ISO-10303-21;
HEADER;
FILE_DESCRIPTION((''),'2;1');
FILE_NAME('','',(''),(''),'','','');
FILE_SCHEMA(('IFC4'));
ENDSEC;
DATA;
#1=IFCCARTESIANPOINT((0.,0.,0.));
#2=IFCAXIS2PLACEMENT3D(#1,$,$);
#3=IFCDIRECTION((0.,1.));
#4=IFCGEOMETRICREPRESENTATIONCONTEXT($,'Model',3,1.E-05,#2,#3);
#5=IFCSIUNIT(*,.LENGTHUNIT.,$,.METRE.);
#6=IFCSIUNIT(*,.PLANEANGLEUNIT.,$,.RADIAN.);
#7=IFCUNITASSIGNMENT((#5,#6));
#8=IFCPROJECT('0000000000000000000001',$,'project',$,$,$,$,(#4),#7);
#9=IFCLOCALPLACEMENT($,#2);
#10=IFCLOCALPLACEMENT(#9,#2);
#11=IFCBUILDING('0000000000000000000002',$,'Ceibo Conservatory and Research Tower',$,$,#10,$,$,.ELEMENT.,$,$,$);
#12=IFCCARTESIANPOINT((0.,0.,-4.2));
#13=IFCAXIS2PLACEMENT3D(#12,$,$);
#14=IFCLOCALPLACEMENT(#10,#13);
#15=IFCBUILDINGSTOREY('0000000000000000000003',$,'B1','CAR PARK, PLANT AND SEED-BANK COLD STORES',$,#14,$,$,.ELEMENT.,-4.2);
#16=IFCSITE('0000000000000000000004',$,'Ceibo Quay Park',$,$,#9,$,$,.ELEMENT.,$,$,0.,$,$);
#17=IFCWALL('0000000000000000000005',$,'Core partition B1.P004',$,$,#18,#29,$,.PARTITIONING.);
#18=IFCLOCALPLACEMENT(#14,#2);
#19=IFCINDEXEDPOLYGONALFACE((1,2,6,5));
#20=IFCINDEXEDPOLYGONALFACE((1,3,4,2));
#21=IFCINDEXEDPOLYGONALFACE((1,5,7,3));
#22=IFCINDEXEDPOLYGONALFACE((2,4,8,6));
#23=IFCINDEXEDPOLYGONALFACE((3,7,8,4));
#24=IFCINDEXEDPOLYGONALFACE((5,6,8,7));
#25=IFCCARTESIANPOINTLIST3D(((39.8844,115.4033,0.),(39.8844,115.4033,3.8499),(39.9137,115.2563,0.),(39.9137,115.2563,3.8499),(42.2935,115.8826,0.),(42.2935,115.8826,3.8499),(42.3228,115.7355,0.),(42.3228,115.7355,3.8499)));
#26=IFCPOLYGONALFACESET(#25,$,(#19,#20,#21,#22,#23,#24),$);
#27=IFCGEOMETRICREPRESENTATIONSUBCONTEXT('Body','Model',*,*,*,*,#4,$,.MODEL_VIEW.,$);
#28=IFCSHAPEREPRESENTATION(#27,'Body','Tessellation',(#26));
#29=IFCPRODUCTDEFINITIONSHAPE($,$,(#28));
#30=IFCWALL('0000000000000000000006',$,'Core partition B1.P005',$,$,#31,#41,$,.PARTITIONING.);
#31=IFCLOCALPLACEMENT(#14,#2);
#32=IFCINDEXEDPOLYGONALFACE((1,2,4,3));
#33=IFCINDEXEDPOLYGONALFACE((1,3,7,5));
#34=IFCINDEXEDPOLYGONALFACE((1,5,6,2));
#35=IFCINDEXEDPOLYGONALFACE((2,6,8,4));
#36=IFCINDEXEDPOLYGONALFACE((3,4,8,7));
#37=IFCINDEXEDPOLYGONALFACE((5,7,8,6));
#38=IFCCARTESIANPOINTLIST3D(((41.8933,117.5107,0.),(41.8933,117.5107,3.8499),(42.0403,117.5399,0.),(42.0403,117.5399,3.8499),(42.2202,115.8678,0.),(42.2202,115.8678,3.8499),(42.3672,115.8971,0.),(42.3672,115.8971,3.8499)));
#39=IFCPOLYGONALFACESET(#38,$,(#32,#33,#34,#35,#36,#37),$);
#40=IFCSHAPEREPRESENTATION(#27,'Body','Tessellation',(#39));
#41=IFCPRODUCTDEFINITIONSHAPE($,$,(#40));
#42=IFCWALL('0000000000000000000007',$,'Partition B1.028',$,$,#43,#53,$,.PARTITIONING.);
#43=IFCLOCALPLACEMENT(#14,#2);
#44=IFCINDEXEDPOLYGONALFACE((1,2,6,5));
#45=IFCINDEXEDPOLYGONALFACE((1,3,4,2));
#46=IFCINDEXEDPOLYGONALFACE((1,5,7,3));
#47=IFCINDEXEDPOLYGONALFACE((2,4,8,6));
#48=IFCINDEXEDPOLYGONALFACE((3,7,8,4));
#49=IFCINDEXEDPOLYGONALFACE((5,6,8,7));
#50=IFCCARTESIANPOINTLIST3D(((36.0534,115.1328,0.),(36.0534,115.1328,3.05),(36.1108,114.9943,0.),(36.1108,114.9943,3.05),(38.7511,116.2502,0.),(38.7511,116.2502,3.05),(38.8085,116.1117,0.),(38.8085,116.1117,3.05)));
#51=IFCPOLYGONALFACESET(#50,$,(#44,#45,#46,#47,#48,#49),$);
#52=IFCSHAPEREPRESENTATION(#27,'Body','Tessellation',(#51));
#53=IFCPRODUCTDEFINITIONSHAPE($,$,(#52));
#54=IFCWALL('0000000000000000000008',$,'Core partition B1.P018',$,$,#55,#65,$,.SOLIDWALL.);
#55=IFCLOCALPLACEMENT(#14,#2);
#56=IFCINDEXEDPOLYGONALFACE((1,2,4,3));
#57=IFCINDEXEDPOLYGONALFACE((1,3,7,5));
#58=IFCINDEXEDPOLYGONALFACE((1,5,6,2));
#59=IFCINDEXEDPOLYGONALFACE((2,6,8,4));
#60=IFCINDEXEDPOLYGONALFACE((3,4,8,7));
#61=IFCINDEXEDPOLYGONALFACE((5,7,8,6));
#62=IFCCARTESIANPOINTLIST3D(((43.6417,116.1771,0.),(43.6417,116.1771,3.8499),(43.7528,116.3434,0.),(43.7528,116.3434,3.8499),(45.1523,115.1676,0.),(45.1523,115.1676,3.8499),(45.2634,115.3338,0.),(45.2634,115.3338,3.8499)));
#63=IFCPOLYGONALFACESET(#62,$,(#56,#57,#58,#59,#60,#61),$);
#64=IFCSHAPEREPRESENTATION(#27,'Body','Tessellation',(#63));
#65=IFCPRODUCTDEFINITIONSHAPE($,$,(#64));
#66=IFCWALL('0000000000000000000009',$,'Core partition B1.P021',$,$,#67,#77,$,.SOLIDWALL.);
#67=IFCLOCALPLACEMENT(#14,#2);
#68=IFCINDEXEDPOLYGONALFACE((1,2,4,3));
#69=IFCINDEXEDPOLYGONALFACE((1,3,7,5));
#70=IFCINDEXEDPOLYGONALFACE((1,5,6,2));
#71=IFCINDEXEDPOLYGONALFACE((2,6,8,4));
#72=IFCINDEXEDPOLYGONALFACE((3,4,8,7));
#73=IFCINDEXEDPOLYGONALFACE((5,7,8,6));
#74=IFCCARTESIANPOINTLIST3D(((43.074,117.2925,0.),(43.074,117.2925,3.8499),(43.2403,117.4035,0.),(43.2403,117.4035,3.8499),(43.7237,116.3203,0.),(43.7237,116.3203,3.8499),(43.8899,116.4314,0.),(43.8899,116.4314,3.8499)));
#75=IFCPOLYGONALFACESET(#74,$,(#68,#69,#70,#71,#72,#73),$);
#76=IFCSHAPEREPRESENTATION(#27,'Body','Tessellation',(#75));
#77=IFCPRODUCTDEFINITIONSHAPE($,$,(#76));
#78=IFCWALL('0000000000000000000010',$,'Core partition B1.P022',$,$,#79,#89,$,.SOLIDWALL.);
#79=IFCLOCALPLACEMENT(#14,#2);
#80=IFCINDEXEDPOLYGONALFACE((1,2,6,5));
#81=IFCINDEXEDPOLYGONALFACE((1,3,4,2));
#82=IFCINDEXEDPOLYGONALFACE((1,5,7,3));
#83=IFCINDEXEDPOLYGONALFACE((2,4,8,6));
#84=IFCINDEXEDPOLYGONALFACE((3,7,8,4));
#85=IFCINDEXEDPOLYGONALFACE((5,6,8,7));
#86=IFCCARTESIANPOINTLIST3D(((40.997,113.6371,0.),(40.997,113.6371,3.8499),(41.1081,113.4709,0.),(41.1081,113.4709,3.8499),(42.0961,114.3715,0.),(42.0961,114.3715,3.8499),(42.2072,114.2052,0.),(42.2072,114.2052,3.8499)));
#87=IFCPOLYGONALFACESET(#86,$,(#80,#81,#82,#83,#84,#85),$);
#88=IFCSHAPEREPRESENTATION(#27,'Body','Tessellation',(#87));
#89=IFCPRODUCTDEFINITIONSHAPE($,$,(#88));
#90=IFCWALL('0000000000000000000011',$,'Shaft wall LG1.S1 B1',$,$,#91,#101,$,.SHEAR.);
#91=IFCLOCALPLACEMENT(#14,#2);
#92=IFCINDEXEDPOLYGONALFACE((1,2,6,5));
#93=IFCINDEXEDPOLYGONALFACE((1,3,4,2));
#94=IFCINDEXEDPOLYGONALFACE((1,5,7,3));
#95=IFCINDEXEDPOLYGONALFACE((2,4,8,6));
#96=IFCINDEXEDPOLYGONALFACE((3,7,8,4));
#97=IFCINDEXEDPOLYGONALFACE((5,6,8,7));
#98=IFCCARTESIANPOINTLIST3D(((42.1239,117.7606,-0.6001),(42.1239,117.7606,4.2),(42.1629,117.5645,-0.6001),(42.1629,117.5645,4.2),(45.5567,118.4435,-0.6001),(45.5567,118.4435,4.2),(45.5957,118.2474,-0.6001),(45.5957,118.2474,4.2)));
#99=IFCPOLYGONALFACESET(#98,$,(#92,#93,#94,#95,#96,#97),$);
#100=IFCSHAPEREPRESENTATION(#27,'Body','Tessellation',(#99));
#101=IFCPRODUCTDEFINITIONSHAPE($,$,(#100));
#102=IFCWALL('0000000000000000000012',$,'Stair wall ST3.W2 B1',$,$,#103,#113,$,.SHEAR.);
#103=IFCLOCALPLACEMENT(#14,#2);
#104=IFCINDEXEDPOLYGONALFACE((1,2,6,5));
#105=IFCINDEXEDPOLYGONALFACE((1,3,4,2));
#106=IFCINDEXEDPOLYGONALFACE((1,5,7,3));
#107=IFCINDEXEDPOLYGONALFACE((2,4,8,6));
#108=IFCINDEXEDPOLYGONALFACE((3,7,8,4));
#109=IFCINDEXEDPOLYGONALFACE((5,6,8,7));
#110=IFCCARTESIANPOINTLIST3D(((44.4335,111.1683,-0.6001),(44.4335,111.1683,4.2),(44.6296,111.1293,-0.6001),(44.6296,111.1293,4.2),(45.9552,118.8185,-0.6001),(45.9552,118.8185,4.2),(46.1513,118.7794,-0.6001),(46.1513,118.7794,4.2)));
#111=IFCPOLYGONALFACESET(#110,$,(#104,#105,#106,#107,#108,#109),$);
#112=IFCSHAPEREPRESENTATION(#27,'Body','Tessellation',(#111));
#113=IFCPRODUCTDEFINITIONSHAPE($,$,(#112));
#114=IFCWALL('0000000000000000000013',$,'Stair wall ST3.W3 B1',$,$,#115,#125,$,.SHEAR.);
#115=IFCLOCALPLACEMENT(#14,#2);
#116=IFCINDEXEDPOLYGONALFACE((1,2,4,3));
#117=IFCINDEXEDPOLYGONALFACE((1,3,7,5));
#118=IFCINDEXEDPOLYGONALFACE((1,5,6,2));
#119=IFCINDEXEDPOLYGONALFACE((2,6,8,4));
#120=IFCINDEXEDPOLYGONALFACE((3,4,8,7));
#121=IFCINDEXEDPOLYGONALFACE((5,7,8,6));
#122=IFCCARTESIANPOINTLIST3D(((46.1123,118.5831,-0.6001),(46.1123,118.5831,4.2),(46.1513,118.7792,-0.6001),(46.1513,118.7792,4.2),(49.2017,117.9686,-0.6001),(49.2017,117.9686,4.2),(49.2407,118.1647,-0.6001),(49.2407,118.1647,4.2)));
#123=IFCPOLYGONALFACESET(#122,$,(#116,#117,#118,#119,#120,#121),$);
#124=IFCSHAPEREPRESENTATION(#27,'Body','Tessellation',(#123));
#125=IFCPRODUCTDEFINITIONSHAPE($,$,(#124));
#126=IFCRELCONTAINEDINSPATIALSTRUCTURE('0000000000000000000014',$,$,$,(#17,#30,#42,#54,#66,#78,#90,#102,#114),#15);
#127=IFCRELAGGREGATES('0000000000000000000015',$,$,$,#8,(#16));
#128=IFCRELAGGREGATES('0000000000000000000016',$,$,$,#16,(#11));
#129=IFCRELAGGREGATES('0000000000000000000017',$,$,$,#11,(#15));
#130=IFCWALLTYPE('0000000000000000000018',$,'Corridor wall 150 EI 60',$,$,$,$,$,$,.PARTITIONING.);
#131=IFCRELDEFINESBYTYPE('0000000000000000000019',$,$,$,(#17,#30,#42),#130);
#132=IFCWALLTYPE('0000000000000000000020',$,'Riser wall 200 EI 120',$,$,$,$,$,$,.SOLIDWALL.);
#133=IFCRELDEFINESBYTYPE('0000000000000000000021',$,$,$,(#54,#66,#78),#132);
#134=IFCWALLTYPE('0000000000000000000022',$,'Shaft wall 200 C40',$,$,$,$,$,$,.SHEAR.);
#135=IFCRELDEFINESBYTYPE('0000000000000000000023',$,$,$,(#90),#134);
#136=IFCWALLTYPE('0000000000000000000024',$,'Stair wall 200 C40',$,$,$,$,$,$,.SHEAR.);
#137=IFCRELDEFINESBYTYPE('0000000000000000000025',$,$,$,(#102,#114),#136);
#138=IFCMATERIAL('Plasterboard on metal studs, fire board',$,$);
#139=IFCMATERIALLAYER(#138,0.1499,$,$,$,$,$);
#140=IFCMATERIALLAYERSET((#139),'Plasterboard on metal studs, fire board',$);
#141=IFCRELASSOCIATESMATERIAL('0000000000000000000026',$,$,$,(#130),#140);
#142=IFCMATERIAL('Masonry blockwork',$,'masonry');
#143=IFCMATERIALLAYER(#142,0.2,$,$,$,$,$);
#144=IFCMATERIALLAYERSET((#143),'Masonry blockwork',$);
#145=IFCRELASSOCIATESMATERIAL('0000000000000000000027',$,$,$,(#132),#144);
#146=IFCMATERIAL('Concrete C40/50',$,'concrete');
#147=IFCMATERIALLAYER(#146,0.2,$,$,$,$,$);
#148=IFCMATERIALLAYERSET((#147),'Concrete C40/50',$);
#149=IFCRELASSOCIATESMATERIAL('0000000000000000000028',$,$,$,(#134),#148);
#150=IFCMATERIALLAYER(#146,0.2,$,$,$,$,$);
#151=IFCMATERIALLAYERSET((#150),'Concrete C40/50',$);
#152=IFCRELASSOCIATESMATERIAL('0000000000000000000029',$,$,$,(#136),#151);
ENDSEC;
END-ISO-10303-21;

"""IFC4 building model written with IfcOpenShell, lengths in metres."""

from ifc_helpers import new_model, si_unit, direction, frame, frame_2d, origin, place, context, subcontext, project, spatial, rectangle, extrude, material, layer, layer_set, type_object, element, save


model = new_model("IFC4")

# Units and contexts
model_context = context("Model", 3, precision=1e-05, world=origin(), true_north=direction((0.0, 1.0)))
body_context = subcontext(model_context, "Body", "Model", "MODEL_VIEW")
ifc_project = project(units=[si_unit("LENGTHUNIT", "METRE"), si_unit("PLANEANGLEUNIT", "RADIAN")], contexts=[model_context])

# Site, building, storey
site_placement = place(None, origin())
site = spatial("IfcSite", under=ifc_project, at=site_placement, Name="Ceibo Quay Park", CompositionType="ELEMENT", RefElevation=0.0)
building_placement = place(site_placement, origin())
building = spatial("IfcBuilding", under=site, at=building_placement, Name="Ceibo Conservatory and Research Tower", CompositionType="ELEMENT")
storey_placement = place(building_placement, frame((0.0, 0.0, -4.2)))
storey = spatial("IfcBuildingStorey", under=building, at=storey_placement, Name="B1", Description="CAR PARK, PLANT AND SEED-BANK COLD STORES", CompositionType="ELEMENT", Elevation=-4.2)

# Shared definitions
ifc_material_1 = material(Name="Concrete C40/50", Category="concrete")

# Walls
ifc_material_2 = material(Name="Plasterboard on metal studs, fire board")
ifc_layer_1 = layer(ifc_material_2, 0.1499)
ifc_layer_set_1 = layer_set([ifc_layer_1], Name="Plasterboard on metal studs, fire board")
wall_type_1 = type_object("IfcWallType", Name="Corridor wall 150 EI 60", PredefinedType="PARTITIONING", material=ifc_layer_set_1)
wall_1_placement = place(storey_placement, frame((39.8992, 115.3298, 0.0), z_axis=(0.0, 0.0, 1.0), x_axis=(0.980783, 0.195103, 0.0)))
element("IfcWall", 1, at=wall_1_placement, inside=storey, type_object=wall_type_1, Name="Core partition B1.P004", PredefinedType="PARTITIONING", context=body_context, shape_type="SweptSolid", body=[
    extrude(rectangle(XDim=2.4563, YDim=0.1499, at=frame_2d((1.228, 0.0))), origin(), (0.0, 0.0, 1.0), 3.8499),
])
wall_2_placement = place(storey_placement, frame((42.2937, 115.8826, 0.0), z_axis=(0.0, 0.0, 1.0), x_axis=(-0.195163, 0.980771, 0.0)))
element("IfcWall", 2, at=wall_2_placement, inside=storey, type_object=wall_type_1, Name="Core partition B1.P005", PredefinedType="PARTITIONING", context=body_context, shape_type="SweptSolid", body=[
    extrude(rectangle(XDim=1.675, YDim=0.1499, at=frame_2d((0.8374, 0.0))), origin(), (0.0, 0.0, 1.0), 3.8499),
])
wall_3_placement = place(storey_placement, frame((38.7798, 116.1809, 0.0), z_axis=(0.0, 0.0, 1.0), x_axis=(-0.923881, -0.382679, 0.0)))
element("IfcWall", 3, at=wall_3_placement, inside=storey, type_object=wall_type_1, Name="Partition B1.028", PredefinedType="PARTITIONING", context=body_context, shape_type="SweptSolid", body=[
    extrude(rectangle(XDim=2.9199, YDim=0.1499, at=frame_2d((1.46, 0.0))), origin(), (0.0, 0.0, 1.0), 3.05),
])
ifc_material_3 = material(Name="Masonry blockwork", Category="masonry")
ifc_layer_2 = layer(ifc_material_3, 0.2)
ifc_layer_set_2 = layer_set([ifc_layer_2], Name="Masonry blockwork")
wall_type_2 = type_object("IfcWallType", Name="Riser wall 200 EI 120", PredefinedType="SOLIDWALL", material=ifc_layer_set_2)
wall_4_placement = place(storey_placement, frame((43.6973, 116.2603, 0.0), z_axis=(0.0, 0.0, 1.0), x_axis=(0.831409, -0.555661, 0.0)))
element("IfcWall", 4, at=wall_4_placement, inside=storey, type_object=wall_type_2, Name="Core partition B1.P018", PredefinedType="SOLIDWALL", context=body_context, shape_type="SweptSolid", body=[
    extrude(rectangle(XDim=1.8169, YDim=0.2, at=frame_2d((0.9084, 0.0))), origin(), (0.0, 0.0, 1.0), 3.8499),
])
wall_5_placement = place(storey_placement, frame((43.1572, 117.3479, 0.0), z_axis=(0.0, 0.0, 1.0), x_axis=(0.555615, -0.831439, 0.0)))
element("IfcWall", 5, at=wall_5_placement, inside=storey, type_object=wall_type_2, Name="Core partition B1.P021", PredefinedType="SOLIDWALL", context=body_context, shape_type="SweptSolid", body=[
    extrude(rectangle(XDim=1.1692, YDim=0.2, at=frame_2d((0.5845, 0.0))), origin(), (0.0, 0.0, 1.0), 3.8499),
])
wall_6_placement = place(storey_placement, frame((42.1516, 114.2883, 0.0), z_axis=(0.0, 0.0, 1.0), x_axis=(-0.831482, -0.555552, 0.0)))
element("IfcWall", 6, at=wall_6_placement, inside=storey, type_object=wall_type_2, Name="Core partition B1.P022", PredefinedType="SOLIDWALL", context=body_context, shape_type="SweptSolid", body=[
    extrude(rectangle(XDim=1.3218, YDim=0.2, at=frame_2d((0.6609, 0.0))), origin(), (0.0, 0.0, 1.0), 3.8499),
])
ifc_layer_3 = layer(ifc_material_1, 0.2)
ifc_layer_set_3 = layer_set([ifc_layer_3], Name="Concrete C40/50")
wall_type_3 = type_object("IfcWallType", Name="Shaft wall 200 C40", PredefinedType="SHEAR", material=ifc_layer_set_3)
wall_7_placement = place(storey_placement, frame((45.5762, 118.3455, -0.6001), z_axis=(0.0, 0.0, 1.0), x_axis=(-0.980781, -0.19511, 0.0)))
element("IfcWall", 7, at=wall_7_placement, inside=storey, type_object=wall_type_3, Name="Shaft wall LG1.S1 B1", PredefinedType="SHEAR", context=body_context, shape_type="SweptSolid", body=[
    extrude(rectangle(XDim=3.5, YDim=0.2, at=frame_2d((1.75, 0.0))), origin(), (0.0, 0.0, 1.0), 4.8),
])
ifc_layer_4 = layer(ifc_material_1, 0.2)
ifc_layer_set_4 = layer_set([ifc_layer_4], Name="Concrete C40/50")
wall_type_4 = type_object("IfcWallType", Name="Stair wall 200 C40", PredefinedType="SHEAR", material=ifc_layer_set_4)
wall_8_placement = place(storey_placement, frame((46.0532, 118.7988, -0.6001), z_axis=(0.0, 0.0, 1.0), x_axis=(-0.195093, -0.980785, 0.0)))
element("IfcWall", 8, at=wall_8_placement, inside=storey, type_object=wall_type_4, Name="Stair wall ST3.W2 B1", PredefinedType="SHEAR", context=body_context, shape_type="SweptSolid", body=[
    extrude(rectangle(XDim=7.8, YDim=0.2, at=frame_2d((3.8999, 0.0))), origin(), (0.0, 0.0, 1.0), 4.8),
])
wall_9_placement = place(storey_placement, frame((46.1318, 118.6812, -0.6001), z_axis=(0.0, 0.0, 1.0), x_axis=(0.980786, -0.195088, 0.0)))
element("IfcWall", 9, at=wall_9_placement, inside=storey, type_object=wall_type_4, Name="Stair wall ST3.W3 B1", PredefinedType="SHEAR", context=body_context, shape_type="SweptSolid", body=[
    extrude(rectangle(XDim=3.1499, YDim=0.2, at=frame_2d((1.575, 0.0))), origin(), (0.0, 0.0, 1.0), 4.8),
])

save(model, "model.ifc")
